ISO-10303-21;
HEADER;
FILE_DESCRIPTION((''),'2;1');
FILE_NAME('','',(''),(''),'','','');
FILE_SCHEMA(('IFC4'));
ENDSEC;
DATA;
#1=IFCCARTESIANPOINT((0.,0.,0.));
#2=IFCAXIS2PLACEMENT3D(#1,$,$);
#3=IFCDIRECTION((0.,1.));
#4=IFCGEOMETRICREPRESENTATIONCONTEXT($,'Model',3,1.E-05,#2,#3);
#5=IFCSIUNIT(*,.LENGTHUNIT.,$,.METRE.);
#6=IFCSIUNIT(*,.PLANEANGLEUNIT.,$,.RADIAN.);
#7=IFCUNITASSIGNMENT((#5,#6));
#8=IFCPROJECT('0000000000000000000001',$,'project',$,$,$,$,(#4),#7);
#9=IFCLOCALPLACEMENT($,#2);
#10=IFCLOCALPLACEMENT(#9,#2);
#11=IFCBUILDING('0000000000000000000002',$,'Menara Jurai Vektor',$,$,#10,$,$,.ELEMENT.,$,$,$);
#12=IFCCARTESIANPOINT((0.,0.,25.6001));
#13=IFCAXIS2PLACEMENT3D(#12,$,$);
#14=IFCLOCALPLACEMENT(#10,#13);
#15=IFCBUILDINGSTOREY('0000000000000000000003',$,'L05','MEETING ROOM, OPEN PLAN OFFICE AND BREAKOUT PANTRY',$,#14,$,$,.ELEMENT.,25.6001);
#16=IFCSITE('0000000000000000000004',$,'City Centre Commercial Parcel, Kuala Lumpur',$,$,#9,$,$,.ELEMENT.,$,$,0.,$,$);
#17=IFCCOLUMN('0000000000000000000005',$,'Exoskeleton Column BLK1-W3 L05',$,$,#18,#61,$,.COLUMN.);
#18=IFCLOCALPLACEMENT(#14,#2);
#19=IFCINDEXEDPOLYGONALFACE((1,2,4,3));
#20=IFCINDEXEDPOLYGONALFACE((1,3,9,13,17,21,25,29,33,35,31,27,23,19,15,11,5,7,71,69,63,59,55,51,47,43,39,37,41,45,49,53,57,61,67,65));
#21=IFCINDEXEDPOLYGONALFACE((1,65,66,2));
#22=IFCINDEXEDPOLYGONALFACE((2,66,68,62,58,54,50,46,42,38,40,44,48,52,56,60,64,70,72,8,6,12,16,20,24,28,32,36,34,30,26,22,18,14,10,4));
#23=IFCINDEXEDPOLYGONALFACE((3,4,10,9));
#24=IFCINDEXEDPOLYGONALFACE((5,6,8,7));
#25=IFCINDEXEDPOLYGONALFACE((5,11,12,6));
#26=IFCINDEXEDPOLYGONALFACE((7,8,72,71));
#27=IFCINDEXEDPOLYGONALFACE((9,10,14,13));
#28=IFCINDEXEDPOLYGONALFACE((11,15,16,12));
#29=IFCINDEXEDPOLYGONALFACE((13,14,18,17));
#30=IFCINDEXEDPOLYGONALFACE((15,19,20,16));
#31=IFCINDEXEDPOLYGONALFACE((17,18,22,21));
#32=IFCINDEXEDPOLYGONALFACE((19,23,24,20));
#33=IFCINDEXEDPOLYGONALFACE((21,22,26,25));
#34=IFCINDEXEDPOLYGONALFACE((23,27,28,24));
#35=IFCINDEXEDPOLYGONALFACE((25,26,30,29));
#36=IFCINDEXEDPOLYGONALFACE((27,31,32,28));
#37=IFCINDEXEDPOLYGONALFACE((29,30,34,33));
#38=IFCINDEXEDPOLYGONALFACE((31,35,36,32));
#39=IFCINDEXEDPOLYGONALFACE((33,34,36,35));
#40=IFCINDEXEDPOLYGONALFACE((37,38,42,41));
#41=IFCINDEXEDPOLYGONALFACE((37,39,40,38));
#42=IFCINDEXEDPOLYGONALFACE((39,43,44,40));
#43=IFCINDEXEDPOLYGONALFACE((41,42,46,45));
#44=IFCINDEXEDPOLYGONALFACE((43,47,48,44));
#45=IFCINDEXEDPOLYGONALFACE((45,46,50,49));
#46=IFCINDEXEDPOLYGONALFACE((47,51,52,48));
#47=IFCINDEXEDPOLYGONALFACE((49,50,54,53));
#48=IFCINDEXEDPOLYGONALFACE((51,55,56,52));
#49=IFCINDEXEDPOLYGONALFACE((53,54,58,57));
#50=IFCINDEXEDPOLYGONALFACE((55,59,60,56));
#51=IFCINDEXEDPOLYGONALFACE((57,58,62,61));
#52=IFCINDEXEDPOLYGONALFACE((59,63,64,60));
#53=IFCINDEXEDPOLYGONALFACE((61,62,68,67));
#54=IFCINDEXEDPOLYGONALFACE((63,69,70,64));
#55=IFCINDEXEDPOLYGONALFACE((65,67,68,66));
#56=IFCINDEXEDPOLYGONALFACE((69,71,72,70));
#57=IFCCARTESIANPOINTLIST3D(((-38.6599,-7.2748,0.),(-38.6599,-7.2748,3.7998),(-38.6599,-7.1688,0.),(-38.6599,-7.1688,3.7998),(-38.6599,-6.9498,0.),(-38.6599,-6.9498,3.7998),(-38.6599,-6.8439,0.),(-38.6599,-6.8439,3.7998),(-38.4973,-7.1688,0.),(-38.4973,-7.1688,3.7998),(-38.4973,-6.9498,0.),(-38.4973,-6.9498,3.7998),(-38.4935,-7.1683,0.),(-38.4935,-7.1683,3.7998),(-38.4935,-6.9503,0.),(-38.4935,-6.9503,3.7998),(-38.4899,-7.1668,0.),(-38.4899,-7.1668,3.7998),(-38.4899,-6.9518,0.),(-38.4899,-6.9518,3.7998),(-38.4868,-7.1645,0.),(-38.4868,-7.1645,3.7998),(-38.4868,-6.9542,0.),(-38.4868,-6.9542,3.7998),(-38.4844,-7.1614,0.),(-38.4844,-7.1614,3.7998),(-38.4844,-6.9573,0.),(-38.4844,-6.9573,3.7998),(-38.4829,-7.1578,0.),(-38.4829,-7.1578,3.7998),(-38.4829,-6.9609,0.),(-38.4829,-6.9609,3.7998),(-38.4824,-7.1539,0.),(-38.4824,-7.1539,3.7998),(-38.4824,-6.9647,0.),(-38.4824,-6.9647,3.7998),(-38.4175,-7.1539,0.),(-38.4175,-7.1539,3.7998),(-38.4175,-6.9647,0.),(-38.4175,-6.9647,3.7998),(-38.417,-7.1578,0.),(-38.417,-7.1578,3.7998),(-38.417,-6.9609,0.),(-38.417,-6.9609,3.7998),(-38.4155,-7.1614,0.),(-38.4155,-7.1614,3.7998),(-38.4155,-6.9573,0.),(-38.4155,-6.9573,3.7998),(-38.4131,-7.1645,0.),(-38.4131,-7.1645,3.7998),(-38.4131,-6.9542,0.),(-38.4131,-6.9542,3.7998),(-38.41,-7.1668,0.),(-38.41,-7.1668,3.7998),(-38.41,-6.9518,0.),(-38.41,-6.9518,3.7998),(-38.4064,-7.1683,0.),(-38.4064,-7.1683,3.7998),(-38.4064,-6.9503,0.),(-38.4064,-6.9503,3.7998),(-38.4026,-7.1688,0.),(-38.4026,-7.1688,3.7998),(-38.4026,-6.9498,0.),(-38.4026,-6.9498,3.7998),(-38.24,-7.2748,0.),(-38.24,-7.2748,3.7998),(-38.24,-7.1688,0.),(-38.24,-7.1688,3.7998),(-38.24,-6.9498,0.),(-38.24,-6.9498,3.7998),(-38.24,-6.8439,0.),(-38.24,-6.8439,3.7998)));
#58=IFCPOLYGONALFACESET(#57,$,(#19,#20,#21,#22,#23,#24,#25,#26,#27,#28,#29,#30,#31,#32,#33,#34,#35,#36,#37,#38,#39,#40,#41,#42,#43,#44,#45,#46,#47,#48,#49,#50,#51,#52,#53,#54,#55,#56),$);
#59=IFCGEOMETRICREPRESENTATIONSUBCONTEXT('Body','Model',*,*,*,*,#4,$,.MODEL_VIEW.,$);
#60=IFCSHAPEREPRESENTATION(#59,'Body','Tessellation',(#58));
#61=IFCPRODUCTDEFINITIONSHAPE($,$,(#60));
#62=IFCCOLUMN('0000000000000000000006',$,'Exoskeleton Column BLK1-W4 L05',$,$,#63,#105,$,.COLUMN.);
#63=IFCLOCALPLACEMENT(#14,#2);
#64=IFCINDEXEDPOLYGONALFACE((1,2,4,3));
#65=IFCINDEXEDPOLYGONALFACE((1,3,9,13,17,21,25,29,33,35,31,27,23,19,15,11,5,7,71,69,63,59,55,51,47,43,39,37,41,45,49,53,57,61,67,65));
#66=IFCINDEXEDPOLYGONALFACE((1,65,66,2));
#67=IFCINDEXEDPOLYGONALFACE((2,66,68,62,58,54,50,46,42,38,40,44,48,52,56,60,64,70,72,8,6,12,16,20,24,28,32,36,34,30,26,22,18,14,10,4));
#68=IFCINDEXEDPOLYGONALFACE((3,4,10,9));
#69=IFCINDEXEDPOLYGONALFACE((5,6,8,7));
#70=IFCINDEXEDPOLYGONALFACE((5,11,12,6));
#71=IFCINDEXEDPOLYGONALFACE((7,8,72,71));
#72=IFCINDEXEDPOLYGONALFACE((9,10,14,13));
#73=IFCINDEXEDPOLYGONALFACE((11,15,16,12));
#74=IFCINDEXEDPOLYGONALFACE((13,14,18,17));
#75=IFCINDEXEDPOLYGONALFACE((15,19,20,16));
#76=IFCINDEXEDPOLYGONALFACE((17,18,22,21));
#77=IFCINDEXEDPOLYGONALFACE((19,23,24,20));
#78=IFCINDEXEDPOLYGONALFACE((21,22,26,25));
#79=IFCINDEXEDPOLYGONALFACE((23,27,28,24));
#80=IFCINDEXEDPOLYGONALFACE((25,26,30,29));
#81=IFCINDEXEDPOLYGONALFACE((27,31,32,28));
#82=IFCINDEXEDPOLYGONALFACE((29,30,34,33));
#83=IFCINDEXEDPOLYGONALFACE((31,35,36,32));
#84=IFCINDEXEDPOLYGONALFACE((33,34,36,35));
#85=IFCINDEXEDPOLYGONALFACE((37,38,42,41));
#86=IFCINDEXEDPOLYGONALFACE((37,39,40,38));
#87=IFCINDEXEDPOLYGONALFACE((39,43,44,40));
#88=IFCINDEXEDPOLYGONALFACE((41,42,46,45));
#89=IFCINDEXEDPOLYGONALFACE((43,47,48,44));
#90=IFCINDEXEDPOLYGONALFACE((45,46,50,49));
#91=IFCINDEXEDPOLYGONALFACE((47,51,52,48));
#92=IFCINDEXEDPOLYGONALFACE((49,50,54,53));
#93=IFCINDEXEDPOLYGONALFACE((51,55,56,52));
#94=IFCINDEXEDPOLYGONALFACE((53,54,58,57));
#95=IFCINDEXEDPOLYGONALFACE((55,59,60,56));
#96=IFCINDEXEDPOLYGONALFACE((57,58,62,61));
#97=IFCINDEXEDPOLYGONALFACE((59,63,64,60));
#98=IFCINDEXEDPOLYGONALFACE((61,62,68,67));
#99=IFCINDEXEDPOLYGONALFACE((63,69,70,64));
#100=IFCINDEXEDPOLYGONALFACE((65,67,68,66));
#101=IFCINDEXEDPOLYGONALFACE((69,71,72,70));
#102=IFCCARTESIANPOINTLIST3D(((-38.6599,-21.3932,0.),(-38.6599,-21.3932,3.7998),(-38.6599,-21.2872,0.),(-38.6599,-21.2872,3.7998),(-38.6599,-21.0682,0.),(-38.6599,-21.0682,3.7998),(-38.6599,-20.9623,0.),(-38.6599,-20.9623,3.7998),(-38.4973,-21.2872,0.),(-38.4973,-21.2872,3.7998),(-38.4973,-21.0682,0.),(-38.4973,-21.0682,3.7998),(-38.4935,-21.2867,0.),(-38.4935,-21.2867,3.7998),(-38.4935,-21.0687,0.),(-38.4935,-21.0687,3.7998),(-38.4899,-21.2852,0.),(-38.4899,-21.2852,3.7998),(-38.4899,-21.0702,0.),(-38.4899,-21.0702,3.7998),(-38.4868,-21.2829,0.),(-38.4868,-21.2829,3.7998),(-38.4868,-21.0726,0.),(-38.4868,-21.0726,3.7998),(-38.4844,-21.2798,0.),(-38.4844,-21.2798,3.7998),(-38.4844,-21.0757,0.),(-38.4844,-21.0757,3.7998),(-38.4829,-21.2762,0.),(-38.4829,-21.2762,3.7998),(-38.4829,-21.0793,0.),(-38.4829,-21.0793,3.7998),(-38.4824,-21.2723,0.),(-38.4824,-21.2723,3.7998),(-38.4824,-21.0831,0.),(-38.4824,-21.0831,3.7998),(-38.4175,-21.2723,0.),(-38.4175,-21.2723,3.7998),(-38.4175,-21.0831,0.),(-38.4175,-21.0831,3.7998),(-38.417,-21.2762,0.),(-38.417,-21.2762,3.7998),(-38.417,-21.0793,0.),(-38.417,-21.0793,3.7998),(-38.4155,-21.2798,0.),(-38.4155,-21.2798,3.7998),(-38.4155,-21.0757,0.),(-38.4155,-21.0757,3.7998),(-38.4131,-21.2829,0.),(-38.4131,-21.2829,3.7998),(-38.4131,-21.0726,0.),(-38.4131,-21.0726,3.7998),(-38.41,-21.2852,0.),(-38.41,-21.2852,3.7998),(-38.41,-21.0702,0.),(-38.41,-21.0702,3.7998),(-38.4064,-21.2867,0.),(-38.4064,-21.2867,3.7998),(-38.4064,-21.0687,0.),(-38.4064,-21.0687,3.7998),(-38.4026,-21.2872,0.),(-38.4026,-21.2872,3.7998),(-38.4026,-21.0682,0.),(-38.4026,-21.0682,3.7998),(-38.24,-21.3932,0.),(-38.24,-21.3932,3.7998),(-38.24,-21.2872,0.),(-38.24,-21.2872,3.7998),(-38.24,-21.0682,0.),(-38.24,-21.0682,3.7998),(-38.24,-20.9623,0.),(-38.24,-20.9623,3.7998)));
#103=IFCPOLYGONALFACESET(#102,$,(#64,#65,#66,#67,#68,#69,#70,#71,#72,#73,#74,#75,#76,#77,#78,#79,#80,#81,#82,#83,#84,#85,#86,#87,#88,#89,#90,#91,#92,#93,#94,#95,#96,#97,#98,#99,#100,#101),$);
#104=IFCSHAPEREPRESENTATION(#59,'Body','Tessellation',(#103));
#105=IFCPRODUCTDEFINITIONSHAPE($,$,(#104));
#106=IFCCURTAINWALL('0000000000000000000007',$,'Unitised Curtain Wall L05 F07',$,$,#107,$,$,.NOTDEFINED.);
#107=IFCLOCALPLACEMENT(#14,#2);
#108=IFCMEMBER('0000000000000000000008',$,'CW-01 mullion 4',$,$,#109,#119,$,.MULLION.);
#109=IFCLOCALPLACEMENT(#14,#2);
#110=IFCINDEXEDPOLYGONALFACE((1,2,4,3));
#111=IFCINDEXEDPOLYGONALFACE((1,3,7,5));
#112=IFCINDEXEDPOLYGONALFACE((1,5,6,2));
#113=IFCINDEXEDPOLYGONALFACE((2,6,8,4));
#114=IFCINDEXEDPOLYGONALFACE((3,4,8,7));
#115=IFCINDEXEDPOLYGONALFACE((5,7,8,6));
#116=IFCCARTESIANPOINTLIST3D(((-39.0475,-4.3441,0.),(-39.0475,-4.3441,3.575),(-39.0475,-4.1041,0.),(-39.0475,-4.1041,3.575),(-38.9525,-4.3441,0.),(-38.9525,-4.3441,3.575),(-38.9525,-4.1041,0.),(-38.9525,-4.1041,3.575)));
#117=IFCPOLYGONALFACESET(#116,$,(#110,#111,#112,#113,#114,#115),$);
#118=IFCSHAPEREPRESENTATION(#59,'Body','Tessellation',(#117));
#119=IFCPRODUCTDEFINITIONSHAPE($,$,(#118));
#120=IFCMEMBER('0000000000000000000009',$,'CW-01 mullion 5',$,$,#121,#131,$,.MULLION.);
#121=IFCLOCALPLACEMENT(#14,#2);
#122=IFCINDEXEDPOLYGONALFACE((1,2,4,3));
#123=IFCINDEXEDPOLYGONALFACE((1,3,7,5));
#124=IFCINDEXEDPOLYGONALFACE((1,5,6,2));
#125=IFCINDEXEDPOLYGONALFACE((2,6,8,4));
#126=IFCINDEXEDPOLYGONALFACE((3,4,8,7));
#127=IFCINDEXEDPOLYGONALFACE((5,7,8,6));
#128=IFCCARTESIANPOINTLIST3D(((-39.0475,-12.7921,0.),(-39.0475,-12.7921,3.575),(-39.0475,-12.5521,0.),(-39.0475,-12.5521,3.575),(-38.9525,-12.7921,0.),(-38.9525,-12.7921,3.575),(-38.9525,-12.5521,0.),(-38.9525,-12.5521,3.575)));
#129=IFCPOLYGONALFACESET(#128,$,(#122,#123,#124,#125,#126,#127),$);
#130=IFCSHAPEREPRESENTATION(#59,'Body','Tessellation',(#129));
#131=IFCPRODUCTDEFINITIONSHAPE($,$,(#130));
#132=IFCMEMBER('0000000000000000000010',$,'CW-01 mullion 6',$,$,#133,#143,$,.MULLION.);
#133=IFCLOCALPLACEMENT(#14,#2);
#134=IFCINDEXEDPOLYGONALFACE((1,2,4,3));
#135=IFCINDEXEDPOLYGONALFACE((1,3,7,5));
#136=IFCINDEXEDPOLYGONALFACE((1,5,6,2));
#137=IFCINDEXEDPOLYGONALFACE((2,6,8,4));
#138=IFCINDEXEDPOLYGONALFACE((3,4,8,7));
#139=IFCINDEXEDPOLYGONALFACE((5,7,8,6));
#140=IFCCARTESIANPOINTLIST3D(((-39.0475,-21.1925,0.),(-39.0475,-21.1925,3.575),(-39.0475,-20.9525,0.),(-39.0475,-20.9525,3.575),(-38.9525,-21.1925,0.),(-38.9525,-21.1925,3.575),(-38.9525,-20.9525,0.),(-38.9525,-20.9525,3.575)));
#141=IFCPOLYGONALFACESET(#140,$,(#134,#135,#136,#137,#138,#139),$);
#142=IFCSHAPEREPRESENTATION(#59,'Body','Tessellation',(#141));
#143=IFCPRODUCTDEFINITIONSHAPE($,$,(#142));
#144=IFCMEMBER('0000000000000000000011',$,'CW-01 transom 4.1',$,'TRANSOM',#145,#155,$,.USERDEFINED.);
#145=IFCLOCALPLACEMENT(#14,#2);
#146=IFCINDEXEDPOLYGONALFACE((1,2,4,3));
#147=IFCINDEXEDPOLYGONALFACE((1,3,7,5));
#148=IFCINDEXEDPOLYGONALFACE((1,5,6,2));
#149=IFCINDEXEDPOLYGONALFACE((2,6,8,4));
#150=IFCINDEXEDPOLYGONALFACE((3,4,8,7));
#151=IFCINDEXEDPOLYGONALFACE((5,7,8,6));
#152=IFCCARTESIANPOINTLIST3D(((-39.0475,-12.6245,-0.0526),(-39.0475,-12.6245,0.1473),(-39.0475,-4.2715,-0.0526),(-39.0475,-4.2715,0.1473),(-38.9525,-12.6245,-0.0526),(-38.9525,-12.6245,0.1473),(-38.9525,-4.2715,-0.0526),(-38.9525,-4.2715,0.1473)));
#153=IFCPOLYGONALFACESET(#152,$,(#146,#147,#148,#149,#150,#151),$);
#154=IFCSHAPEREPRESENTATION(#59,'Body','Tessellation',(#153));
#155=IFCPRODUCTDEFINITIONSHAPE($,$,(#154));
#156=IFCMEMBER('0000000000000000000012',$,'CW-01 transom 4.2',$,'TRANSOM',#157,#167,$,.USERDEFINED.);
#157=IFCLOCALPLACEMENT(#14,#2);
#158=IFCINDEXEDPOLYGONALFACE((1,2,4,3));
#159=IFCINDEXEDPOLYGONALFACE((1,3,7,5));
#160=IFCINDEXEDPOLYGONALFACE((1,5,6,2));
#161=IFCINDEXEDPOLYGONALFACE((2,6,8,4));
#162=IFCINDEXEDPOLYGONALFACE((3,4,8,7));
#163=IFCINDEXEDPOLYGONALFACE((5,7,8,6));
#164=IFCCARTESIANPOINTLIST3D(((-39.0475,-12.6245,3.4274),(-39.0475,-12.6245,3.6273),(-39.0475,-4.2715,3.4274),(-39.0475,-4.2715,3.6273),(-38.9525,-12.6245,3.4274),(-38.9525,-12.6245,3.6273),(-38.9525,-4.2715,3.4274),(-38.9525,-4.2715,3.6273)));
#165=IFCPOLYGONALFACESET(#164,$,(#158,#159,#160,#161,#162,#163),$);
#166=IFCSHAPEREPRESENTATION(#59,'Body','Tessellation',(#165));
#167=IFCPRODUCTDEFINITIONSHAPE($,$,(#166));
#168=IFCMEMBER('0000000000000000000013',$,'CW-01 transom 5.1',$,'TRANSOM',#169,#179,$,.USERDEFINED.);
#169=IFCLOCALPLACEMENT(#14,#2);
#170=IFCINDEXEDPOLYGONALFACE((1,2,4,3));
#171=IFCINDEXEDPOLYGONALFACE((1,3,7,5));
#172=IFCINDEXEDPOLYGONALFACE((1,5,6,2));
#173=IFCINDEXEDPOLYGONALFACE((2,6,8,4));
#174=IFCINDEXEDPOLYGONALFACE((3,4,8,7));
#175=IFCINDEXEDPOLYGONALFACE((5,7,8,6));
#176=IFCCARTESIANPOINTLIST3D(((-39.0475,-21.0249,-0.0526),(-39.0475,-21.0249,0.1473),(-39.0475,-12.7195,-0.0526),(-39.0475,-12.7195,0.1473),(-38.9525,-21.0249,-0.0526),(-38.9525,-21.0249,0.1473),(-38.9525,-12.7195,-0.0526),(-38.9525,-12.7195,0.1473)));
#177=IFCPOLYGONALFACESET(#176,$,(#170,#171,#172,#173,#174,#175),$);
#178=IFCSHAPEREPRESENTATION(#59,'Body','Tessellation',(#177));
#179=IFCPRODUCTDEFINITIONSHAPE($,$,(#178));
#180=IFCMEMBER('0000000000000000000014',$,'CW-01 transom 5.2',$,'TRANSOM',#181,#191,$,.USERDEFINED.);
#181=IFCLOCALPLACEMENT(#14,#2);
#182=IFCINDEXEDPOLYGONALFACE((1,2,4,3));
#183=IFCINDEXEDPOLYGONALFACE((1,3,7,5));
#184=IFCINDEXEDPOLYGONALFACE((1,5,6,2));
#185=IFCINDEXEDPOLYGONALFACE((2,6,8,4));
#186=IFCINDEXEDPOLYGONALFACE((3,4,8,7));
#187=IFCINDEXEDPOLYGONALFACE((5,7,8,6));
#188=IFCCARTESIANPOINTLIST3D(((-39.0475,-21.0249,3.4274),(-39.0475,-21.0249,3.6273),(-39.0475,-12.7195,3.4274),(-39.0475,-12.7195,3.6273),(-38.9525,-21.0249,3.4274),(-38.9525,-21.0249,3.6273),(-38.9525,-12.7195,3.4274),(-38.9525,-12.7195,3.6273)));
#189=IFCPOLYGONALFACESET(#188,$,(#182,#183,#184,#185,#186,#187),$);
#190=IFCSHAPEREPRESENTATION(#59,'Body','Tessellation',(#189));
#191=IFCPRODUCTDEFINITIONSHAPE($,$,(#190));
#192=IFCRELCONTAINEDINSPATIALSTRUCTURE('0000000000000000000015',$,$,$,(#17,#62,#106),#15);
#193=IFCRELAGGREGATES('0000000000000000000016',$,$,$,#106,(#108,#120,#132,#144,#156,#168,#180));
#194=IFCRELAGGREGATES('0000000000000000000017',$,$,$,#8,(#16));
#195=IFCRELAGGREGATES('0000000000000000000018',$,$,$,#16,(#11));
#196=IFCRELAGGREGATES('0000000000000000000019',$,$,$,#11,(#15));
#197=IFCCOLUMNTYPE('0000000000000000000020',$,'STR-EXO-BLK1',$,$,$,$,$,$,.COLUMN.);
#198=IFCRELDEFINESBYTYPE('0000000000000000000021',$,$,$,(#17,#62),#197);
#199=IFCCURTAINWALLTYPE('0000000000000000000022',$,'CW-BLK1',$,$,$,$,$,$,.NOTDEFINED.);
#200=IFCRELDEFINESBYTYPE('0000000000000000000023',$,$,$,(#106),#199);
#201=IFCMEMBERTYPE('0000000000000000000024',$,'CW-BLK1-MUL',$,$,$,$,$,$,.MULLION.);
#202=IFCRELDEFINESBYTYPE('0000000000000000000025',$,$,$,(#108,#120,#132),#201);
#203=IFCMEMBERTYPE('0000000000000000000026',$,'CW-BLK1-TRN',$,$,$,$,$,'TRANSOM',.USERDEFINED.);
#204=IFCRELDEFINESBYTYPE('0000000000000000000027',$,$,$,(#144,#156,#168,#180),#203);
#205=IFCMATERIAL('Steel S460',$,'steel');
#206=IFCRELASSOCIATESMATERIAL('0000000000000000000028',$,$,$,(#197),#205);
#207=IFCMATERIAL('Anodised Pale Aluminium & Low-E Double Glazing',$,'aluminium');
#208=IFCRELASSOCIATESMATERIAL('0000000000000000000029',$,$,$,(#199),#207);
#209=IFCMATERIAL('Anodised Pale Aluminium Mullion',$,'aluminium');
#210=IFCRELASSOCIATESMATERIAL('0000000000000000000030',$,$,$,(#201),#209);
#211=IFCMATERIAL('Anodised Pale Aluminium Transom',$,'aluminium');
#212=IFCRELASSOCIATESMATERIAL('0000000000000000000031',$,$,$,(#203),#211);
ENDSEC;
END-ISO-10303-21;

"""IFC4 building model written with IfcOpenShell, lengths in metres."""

from ifc_helpers import new_model, si_unit, direction, frame, origin, origin_2d, place, context, subcontext, project, spatial, rectangle, i_section, extrude, material, material_profile, profile_set, type_object, element, aggregate, save


model = new_model("IFC4")

# Units and contexts
model_context = context("Model", 3, precision=1e-05, world=origin(), true_north=direction((0.0, 1.0)))
body_context = subcontext(model_context, "Body", "Model", "MODEL_VIEW")
ifc_project = project(units=[si_unit("LENGTHUNIT", "METRE"), si_unit("PLANEANGLEUNIT", "RADIAN")], contexts=[model_context])

# Site, building, storey
site_placement = place(None, origin())
site = spatial("IfcSite", under=ifc_project, at=site_placement, Name="City Centre Commercial Parcel, Kuala Lumpur", CompositionType="ELEMENT", RefElevation=0.0)
building_placement = place(site_placement, origin())
building = spatial("IfcBuilding", under=site, at=building_placement, Name="Menara Jurai Vektor", CompositionType="ELEMENT")
storey_placement = place(building_placement, frame((0.0, 0.0, 25.6001)))
storey = spatial("IfcBuildingStorey", under=building, at=storey_placement, Name="L05", Description="MEETING ROOM, OPEN PLAN OFFICE AND BREAKOUT PANTRY", CompositionType="ELEMENT", Elevation=25.6001)

# Columns
ifc_material_1 = material(Name="Steel S460", Category="steel")
ifc_material_profile_1 = material_profile(ifc_material_1, i_section(OverallWidth=0.4199, OverallDepth=0.4309, WebThickness=0.0649, FlangeThickness=0.106, FilletRadius=0.0149, at=origin_2d()), Name="HD 400x900")
ifc_profile_set_1 = profile_set([ifc_material_profile_1], Name="Steel S460")
column_type = type_object("IfcColumnType", Name="STR-EXO-BLK1", PredefinedType="COLUMN", material=ifc_profile_set_1)
for number, where, z_axis, x_axis, name in (
    (1, (-38.45, -7.0593, 0.0), (0.0, 0.0, 1.0), (1.0, 0.0, 0.0), "Exoskeleton Column BLK1-W3 L05"),
    (2, (-38.45, -21.1777, 0.0), (0.0, 0.0, 1.0), (1.0, 0.0, 0.0), "Exoskeleton Column BLK1-W4 L05"),
):
    element("IfcColumn", number, at=place(storey_placement, frame(where, z_axis=z_axis, x_axis=x_axis)), inside=storey, type_object=column_type, Name=name, PredefinedType="COLUMN", context=body_context, shape_type="SweptSolid", body=[
        extrude(i_section(OverallWidth=0.4199, OverallDepth=0.4309, WebThickness=0.0649, FlangeThickness=0.106, FilletRadius=0.0149, at=origin_2d()), origin(), (0.0, 0.0, 1.0), 3.7998),
    ])

# Curtain wall, members
ifc_material_2 = material(Name="Anodised Pale Aluminium & Low-E Double Glazing", Category="aluminium")
curtain_wall_type = type_object("IfcCurtainWallType", Name="CW-BLK1", PredefinedType="NOTDEFINED", material=ifc_material_2)
curtain_wall_placement = place(storey_placement, origin())
curtain_wall = element("IfcCurtainWall", 3, at=curtain_wall_placement, inside=storey, type_object=curtain_wall_type, Name="Unitised Curtain Wall L05 F07", PredefinedType="NOTDEFINED")
ifc_material_3 = material(Name="Anodised Pale Aluminium Mullion", Category="aluminium")
ifc_material_profile_2 = material_profile(ifc_material_3, rectangle(XDim=0.095, YDim=0.24, at=origin_2d()), Name="ALU MUL 95x240")
ifc_profile_set_2 = profile_set([ifc_material_profile_2], Name="Anodised Pale Aluminium Mullion")
member_type_1 = type_object("IfcMemberType", Name="CW-BLK1-MUL", PredefinedType="MULLION", material=ifc_profile_set_2)
member_1_placement = place(storey_placement, frame((-39.0, -4.2241, 0.0), z_axis=(0.0, 0.0, 1.0), x_axis=(1.0, 0.0, 0.0)))
member_1 = element("IfcMember", 4, at=member_1_placement, type_object=member_type_1, Name="CW-01 mullion 4", PredefinedType="MULLION", context=body_context, shape_type="SweptSolid", body=[
    extrude(rectangle(XDim=0.095, YDim=0.24, at=origin_2d()), origin(), (0.0, 0.0, 1.0), 3.575),
])
member_2_placement = place(storey_placement, frame((-39.0, -12.6721, 0.0), z_axis=(0.0, 0.0, 1.0), x_axis=(1.0, 0.0, 0.0)))
member_2 = element("IfcMember", 5, at=member_2_placement, type_object=member_type_1, Name="CW-01 mullion 5", PredefinedType="MULLION", context=body_context, shape_type="SweptSolid", body=[
    extrude(rectangle(XDim=0.095, YDim=0.24, at=origin_2d()), origin(), (0.0, 0.0, 1.0), 3.575),
])
member_3_placement = place(storey_placement, frame((-39.0, -21.0725, 0.0), z_axis=(0.0, 0.0, 1.0), x_axis=(1.0, 0.0, 0.0)))
member_3 = element("IfcMember", 6, at=member_3_placement, type_object=member_type_1, Name="CW-01 mullion 6", PredefinedType="MULLION", context=body_context, shape_type="SweptSolid", body=[
    extrude(rectangle(XDim=0.095, YDim=0.24, at=origin_2d()), origin(), (0.0, 0.0, 1.0), 3.575),
])
ifc_material_4 = material(Name="Anodised Pale Aluminium Transom", Category="aluminium")
ifc_material_profile_3 = material_profile(ifc_material_4, rectangle(XDim=0.095, YDim=0.2, at=origin_2d()), Name="ALU TRN 95x200")
ifc_profile_set_3 = profile_set([ifc_material_profile_3], Name="Anodised Pale Aluminium Transom")
member_type_2 = type_object("IfcMemberType", Name="CW-BLK1-TRN", ElementType="TRANSOM", PredefinedType="USERDEFINED", material=ifc_profile_set_3)
member_4_placement = place(storey_placement, frame((-39.0, -4.2715, 0.0474), z_axis=(0.0, -1.0, 0.0), x_axis=(1.0, 0.0, 0.0)))
member_4 = element("IfcMember", 7, at=member_4_placement, type_object=member_type_2, Name="CW-01 transom 4.1", ObjectType="TRANSOM", PredefinedType="USERDEFINED", context=body_context, shape_type="SweptSolid", body=[
    extrude(rectangle(XDim=0.095, YDim=0.2, at=origin_2d()), origin(), (0.0, 0.0, 1.0), 8.353),
])
member_5_placement = place(storey_placement, frame((-39.0, -4.2715, 3.5273), z_axis=(0.0, -1.0, 0.0), x_axis=(1.0, 0.0, 0.0)))
member_5 = element("IfcMember", 8, at=member_5_placement, type_object=member_type_2, Name="CW-01 transom 4.2", ObjectType="TRANSOM", PredefinedType="USERDEFINED", context=body_context, shape_type="SweptSolid", body=[
    extrude(rectangle(XDim=0.095, YDim=0.2, at=origin_2d()), origin(), (0.0, 0.0, 1.0), 8.353),
])
member_6_placement = place(storey_placement, frame((-39.0, -12.7195, 0.0474), z_axis=(0.0, -1.0, 0.0), x_axis=(1.0, 0.0, 0.0)))
member_6 = element("IfcMember", 9, at=member_6_placement, type_object=member_type_2, Name="CW-01 transom 5.1", ObjectType="TRANSOM", PredefinedType="USERDEFINED", context=body_context, shape_type="SweptSolid", body=[
    extrude(rectangle(XDim=0.095, YDim=0.2, at=origin_2d()), origin(), (0.0, 0.0, 1.0), 8.3054),
])
member_7_placement = place(storey_placement, frame((-39.0, -12.7195, 3.5273), z_axis=(0.0, -1.0, 0.0), x_axis=(1.0, 0.0, 0.0)))
member_7 = element("IfcMember", 10, at=member_7_placement, type_object=member_type_2, Name="CW-01 transom 5.2", ObjectType="TRANSOM", PredefinedType="USERDEFINED", context=body_context, shape_type="SweptSolid", body=[
    extrude(rectangle(XDim=0.095, YDim=0.2, at=origin_2d()), origin(), (0.0, 0.0, 1.0), 8.3054),
])

aggregate(curtain_wall, [member_1, member_2, member_3, member_4, member_5, member_6, member_7])

save(model, "model.ifc")
